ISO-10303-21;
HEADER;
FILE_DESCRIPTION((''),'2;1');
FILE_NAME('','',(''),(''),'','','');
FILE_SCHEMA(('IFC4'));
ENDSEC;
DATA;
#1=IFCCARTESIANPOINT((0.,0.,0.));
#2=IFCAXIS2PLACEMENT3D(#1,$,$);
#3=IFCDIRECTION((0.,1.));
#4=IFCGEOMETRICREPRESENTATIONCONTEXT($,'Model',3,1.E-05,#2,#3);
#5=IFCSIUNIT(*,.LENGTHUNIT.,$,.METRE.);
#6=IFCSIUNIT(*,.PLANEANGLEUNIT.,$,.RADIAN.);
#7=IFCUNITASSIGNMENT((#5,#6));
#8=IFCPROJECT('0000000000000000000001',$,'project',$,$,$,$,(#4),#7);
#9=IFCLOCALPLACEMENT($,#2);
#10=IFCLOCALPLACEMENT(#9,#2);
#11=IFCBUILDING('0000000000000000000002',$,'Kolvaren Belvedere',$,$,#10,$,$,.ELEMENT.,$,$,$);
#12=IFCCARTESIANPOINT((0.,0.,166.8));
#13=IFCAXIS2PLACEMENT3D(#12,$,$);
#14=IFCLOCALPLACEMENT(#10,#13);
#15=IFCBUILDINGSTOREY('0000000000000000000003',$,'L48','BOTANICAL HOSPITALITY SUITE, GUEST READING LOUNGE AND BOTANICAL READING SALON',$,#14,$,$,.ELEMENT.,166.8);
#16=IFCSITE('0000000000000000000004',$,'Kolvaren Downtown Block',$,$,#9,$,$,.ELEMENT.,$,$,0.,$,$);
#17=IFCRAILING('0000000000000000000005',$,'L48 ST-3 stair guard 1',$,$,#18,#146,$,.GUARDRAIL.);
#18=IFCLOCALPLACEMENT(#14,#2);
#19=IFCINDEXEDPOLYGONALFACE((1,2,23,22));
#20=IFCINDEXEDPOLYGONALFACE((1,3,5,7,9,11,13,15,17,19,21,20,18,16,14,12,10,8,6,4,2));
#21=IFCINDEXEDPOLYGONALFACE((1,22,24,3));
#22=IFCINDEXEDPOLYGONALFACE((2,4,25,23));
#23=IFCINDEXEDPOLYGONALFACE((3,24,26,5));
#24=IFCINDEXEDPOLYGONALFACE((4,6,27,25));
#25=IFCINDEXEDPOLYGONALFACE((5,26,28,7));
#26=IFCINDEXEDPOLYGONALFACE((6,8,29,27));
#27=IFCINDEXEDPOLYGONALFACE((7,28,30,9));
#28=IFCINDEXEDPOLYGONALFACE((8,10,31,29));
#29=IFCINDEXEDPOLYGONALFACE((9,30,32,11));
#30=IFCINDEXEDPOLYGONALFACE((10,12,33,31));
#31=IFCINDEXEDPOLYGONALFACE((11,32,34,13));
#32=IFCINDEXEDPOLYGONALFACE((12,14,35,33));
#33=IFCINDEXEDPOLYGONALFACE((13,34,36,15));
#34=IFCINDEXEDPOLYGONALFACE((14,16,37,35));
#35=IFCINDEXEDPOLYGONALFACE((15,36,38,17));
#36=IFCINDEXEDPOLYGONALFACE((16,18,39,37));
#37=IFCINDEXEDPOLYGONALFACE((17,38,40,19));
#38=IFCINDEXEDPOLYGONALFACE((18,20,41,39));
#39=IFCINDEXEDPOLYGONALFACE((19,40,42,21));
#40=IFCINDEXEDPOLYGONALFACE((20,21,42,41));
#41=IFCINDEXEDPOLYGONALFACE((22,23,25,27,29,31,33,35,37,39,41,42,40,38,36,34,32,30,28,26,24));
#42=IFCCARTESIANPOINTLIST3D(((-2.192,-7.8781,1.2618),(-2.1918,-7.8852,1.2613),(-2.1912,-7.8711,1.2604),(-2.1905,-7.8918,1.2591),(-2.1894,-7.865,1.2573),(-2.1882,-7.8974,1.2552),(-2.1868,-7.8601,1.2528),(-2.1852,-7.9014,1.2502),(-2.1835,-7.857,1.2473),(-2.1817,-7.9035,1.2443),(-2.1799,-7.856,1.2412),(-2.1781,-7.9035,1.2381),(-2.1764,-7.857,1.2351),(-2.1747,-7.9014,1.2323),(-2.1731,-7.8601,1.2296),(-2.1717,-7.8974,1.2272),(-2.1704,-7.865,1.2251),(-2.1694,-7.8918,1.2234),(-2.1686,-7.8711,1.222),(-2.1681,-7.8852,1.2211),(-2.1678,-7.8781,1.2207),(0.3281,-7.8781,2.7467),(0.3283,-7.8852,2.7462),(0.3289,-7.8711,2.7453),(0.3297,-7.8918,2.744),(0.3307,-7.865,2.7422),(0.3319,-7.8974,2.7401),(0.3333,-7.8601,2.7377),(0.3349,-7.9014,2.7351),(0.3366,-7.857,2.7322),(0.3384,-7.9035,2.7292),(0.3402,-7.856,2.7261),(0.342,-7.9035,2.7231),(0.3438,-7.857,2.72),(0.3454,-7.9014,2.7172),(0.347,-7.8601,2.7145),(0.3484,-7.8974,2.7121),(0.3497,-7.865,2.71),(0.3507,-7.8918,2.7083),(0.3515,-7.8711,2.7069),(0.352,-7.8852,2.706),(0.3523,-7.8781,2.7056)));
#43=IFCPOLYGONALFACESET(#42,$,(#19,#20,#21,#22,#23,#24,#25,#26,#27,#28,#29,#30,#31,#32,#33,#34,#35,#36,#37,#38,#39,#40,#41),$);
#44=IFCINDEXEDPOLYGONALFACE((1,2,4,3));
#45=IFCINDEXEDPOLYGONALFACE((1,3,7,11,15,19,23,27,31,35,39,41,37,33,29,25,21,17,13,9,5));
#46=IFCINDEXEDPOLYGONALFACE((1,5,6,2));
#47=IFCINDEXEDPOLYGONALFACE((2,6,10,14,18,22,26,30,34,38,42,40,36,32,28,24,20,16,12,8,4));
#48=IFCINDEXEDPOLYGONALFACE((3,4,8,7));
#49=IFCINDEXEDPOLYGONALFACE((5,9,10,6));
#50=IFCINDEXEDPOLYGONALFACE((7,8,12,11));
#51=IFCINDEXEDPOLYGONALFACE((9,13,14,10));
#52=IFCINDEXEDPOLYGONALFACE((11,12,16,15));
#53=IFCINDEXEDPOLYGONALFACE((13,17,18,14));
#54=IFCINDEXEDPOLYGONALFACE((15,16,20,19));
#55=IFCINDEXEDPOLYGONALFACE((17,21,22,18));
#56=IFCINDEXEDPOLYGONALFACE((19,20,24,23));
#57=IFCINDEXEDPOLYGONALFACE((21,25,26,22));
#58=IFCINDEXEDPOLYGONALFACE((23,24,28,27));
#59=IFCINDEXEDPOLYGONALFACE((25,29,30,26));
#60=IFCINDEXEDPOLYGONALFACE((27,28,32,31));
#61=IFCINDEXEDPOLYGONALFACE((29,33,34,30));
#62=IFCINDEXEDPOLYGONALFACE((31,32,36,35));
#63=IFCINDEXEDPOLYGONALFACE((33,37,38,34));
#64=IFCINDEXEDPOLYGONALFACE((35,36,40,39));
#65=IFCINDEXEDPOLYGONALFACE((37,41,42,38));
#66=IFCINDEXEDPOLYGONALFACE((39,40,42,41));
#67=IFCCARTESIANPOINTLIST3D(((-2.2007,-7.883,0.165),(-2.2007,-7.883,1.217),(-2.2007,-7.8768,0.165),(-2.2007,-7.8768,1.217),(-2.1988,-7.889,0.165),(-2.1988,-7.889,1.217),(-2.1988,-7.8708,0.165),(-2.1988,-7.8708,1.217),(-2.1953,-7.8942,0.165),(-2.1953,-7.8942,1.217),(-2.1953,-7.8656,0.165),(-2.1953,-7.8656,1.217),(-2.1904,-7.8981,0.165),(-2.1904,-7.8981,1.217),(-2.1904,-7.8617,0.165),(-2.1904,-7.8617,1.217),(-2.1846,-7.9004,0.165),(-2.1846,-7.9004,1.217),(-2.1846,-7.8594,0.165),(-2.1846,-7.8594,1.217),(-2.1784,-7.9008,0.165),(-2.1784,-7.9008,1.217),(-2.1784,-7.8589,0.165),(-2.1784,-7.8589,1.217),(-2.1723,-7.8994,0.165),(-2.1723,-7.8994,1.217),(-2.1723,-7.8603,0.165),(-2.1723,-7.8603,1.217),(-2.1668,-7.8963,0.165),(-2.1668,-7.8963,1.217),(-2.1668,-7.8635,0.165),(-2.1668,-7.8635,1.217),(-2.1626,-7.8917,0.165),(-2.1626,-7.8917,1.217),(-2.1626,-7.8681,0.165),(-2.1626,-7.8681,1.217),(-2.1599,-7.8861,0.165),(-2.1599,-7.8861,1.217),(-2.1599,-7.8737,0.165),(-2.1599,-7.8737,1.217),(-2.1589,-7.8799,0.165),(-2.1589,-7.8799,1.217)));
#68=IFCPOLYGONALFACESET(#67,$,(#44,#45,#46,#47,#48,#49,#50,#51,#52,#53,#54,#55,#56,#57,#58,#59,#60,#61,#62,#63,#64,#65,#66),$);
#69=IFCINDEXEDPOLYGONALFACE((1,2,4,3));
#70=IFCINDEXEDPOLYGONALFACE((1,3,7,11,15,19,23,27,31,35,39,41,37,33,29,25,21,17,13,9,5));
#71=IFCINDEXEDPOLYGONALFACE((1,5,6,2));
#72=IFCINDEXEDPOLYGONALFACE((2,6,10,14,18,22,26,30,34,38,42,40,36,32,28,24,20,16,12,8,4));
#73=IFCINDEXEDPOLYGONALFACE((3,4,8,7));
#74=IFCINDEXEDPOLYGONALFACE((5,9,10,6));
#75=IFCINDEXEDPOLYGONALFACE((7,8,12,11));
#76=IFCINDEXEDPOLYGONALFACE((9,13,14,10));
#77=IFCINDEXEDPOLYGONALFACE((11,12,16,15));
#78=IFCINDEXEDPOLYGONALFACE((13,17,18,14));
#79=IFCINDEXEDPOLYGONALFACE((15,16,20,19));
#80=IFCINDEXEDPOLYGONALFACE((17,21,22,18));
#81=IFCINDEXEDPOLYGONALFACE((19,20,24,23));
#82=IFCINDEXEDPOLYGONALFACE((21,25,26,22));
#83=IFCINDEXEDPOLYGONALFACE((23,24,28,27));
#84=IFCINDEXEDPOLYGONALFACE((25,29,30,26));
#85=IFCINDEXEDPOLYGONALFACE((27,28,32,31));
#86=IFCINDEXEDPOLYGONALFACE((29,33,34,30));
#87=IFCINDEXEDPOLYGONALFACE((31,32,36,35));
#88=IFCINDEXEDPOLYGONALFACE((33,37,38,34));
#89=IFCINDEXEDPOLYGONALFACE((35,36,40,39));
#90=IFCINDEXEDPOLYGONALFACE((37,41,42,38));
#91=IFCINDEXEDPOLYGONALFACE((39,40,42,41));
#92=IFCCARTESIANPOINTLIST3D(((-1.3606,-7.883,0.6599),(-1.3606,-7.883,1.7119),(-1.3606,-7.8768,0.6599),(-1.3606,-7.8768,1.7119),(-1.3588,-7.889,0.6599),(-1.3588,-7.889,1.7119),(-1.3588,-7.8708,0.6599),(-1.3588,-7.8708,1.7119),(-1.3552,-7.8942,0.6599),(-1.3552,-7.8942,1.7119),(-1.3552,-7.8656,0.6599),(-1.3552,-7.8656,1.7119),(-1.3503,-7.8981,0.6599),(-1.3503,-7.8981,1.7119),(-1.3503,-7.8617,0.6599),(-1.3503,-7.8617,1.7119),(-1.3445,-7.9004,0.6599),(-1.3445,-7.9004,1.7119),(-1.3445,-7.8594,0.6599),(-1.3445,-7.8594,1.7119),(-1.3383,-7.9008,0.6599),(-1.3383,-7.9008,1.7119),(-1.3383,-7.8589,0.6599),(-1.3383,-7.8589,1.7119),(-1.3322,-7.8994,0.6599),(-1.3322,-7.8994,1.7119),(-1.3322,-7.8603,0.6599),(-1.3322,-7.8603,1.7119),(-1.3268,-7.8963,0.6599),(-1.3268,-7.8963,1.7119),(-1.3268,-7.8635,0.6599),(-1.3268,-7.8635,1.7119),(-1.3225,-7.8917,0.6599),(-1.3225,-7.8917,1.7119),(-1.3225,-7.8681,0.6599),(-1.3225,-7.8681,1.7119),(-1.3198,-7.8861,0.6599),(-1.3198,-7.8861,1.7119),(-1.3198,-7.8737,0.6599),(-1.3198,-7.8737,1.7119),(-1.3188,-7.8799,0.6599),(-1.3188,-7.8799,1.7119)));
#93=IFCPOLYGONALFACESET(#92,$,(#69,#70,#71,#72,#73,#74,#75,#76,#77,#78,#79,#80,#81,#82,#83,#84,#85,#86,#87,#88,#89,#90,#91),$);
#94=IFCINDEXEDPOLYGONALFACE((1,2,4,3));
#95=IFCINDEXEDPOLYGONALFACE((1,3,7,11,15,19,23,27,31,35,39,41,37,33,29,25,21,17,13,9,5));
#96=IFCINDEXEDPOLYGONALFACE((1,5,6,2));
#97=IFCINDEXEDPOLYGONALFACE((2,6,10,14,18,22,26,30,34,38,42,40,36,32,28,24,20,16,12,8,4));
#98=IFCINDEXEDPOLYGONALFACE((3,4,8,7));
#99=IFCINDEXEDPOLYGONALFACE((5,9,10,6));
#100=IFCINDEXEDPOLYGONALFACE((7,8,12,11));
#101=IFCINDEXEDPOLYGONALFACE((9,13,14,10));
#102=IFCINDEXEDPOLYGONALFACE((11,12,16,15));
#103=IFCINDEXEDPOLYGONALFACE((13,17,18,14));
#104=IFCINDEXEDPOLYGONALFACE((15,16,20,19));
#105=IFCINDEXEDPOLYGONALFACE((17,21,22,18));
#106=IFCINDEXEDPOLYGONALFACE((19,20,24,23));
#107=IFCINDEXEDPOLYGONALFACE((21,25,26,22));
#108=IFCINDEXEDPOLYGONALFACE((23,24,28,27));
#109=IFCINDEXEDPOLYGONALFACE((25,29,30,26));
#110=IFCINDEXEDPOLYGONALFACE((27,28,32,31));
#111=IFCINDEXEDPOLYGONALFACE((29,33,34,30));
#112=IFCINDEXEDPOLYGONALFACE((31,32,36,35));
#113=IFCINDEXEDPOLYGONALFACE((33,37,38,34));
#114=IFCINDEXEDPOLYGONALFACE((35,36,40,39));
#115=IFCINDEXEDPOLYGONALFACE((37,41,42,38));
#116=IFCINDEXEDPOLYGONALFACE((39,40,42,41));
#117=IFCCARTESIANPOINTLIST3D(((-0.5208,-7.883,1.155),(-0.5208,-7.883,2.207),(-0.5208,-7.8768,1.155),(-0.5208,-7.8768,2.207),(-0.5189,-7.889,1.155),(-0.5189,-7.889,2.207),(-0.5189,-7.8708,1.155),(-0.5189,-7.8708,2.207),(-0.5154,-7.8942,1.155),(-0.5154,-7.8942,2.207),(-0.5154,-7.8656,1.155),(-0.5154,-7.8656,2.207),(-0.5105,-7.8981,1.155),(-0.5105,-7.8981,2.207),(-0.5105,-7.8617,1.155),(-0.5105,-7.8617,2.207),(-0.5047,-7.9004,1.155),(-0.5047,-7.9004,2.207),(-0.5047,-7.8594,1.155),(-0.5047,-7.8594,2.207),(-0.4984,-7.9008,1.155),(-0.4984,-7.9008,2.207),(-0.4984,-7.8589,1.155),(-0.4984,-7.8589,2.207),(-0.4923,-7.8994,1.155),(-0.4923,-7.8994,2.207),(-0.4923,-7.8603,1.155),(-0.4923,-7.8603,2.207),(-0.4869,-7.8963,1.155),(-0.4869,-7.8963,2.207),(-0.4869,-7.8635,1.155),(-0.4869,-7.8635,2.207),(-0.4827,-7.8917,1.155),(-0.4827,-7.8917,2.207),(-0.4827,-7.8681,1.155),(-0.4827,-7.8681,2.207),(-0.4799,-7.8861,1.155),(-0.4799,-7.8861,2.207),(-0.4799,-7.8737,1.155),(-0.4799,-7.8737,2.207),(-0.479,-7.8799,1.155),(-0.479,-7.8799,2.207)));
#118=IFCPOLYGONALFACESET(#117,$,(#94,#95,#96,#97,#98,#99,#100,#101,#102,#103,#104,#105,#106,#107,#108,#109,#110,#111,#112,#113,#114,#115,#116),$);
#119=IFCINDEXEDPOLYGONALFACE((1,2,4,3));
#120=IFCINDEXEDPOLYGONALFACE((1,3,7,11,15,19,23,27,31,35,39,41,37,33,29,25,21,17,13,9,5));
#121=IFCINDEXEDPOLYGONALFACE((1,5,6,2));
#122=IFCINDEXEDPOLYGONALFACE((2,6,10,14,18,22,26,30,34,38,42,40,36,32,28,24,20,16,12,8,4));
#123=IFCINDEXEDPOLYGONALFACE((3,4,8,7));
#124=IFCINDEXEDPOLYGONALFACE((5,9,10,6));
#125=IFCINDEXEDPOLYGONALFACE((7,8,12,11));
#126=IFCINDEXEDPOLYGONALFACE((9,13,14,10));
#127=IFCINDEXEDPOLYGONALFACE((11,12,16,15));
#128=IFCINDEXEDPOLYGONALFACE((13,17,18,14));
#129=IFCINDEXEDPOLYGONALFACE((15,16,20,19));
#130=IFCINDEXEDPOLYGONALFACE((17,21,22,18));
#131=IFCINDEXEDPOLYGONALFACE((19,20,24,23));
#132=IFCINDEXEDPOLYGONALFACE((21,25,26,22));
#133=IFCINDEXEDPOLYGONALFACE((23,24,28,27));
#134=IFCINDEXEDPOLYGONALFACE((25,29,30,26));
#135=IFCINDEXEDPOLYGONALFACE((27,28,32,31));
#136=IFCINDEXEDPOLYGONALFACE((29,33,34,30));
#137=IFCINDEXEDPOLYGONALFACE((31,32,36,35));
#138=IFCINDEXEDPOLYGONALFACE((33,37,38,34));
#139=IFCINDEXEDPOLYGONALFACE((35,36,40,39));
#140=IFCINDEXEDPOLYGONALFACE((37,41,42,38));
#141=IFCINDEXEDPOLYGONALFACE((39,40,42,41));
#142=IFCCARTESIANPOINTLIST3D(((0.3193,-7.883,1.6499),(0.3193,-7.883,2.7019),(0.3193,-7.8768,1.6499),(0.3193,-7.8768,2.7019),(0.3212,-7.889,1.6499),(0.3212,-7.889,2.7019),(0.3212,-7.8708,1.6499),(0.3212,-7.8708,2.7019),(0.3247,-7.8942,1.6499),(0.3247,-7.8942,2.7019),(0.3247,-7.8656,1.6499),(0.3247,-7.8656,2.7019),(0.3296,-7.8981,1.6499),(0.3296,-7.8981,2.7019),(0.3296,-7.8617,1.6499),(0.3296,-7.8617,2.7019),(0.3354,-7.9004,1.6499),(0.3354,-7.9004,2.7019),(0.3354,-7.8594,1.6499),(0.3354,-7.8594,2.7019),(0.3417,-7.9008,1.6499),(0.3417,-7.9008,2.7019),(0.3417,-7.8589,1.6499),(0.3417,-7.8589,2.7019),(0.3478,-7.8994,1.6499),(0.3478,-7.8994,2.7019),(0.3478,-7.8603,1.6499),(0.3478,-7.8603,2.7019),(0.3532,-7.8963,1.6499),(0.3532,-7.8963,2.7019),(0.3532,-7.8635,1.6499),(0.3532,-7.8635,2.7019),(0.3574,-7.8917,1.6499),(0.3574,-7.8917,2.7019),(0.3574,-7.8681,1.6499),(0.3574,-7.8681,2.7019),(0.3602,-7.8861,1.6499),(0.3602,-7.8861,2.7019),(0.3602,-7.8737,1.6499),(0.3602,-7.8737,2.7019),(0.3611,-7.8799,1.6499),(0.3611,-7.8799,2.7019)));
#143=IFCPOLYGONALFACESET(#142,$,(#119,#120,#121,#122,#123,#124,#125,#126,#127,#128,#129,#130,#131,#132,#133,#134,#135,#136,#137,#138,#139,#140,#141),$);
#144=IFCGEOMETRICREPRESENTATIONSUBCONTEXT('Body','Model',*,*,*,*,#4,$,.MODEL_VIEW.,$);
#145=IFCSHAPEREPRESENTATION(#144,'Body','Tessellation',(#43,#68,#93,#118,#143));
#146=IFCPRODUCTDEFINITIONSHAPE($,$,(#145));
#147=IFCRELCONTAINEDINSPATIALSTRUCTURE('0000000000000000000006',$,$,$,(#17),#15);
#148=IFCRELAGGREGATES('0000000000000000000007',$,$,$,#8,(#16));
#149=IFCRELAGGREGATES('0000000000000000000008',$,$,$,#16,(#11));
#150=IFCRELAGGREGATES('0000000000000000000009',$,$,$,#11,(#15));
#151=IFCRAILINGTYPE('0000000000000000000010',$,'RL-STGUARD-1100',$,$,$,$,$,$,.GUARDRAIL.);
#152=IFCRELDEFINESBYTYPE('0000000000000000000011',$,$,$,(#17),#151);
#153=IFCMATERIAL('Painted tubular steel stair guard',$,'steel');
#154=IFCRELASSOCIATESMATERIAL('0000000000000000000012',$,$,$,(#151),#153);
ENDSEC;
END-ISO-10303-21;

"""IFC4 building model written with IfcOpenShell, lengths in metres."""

from ifc_helpers import new_model, si_unit, direction, frame, origin, origin_2d, place, context, subcontext, project, spatial, circle, extrude, material, type_object, element, save


model = new_model("IFC4")

# Units and contexts
model_context = context("Model", 3, precision=1e-05, world=origin(), true_north=direction((0.0, 1.0)))
body_context = subcontext(model_context, "Body", "Model", "MODEL_VIEW")
ifc_project = project(units=[si_unit("LENGTHUNIT", "METRE"), si_unit("PLANEANGLEUNIT", "RADIAN")], contexts=[model_context])

# Site, building, storey
site_placement = place(None, origin())
site = spatial("IfcSite", under=ifc_project, at=site_placement, Name="Kolvaren Downtown Block", CompositionType="ELEMENT", RefElevation=0.0)
building_placement = place(site_placement, origin())
building = spatial("IfcBuilding", under=site, at=building_placement, Name="Kolvaren Belvedere", CompositionType="ELEMENT")
storey_placement = place(building_placement, frame((0.0, 0.0, 166.8)))
storey = spatial("IfcBuildingStorey", under=building, at=storey_placement, Name="L48", Description="BOTANICAL HOSPITALITY SUITE, GUEST READING LOUNGE AND BOTANICAL READING SALON", CompositionType="ELEMENT", Elevation=166.8)

# Railing
ifc_material_1 = material(Name="Painted tubular steel stair guard", Category="steel")
railing_type_1 = type_object("IfcRailingType", Name="RL-STGUARD-1100", PredefinedType="GUARDRAIL", material=ifc_material_1)
railing_1_placement = place(storey_placement, frame((-2.1799, -7.8799, 0.165)))
element("IfcRailing", 1, at=railing_1_placement, inside=storey, type_object=railing_type_1, Name="L48 ST-3 stair guard 1", PredefinedType="GUARDRAIL", context=body_context, shape_type="SweptSolid", body=[
    extrude(circle(Radius=0.0239, at=origin_2d()), frame((0.0, 0.0, 1.0762), z_axis=(0.861561, 0.0, 0.507655), x_axis=(0.0, 1.0, 0.0)), (0.0, 0.0, 1.0), 2.925),
    extrude(circle(Radius=0.021, at=origin_2d()), origin(), (0.0, 0.0, 1.0), 1.052),
    extrude(circle(Radius=0.021, at=origin_2d()), frame((0.8401, 0.0, 0.4949)), (0.0, 0.0, 1.0), 1.052),
    extrude(circle(Radius=0.021, at=origin_2d()), frame((1.6799, 0.0, 0.99)), (0.0, 0.0, 1.0), 1.052),
    extrude(circle(Radius=0.021, at=origin_2d()), frame((2.52, 0.0, 1.4849)), (0.0, 0.0, 1.0), 1.052),
])

save(model, "model.ifc")
